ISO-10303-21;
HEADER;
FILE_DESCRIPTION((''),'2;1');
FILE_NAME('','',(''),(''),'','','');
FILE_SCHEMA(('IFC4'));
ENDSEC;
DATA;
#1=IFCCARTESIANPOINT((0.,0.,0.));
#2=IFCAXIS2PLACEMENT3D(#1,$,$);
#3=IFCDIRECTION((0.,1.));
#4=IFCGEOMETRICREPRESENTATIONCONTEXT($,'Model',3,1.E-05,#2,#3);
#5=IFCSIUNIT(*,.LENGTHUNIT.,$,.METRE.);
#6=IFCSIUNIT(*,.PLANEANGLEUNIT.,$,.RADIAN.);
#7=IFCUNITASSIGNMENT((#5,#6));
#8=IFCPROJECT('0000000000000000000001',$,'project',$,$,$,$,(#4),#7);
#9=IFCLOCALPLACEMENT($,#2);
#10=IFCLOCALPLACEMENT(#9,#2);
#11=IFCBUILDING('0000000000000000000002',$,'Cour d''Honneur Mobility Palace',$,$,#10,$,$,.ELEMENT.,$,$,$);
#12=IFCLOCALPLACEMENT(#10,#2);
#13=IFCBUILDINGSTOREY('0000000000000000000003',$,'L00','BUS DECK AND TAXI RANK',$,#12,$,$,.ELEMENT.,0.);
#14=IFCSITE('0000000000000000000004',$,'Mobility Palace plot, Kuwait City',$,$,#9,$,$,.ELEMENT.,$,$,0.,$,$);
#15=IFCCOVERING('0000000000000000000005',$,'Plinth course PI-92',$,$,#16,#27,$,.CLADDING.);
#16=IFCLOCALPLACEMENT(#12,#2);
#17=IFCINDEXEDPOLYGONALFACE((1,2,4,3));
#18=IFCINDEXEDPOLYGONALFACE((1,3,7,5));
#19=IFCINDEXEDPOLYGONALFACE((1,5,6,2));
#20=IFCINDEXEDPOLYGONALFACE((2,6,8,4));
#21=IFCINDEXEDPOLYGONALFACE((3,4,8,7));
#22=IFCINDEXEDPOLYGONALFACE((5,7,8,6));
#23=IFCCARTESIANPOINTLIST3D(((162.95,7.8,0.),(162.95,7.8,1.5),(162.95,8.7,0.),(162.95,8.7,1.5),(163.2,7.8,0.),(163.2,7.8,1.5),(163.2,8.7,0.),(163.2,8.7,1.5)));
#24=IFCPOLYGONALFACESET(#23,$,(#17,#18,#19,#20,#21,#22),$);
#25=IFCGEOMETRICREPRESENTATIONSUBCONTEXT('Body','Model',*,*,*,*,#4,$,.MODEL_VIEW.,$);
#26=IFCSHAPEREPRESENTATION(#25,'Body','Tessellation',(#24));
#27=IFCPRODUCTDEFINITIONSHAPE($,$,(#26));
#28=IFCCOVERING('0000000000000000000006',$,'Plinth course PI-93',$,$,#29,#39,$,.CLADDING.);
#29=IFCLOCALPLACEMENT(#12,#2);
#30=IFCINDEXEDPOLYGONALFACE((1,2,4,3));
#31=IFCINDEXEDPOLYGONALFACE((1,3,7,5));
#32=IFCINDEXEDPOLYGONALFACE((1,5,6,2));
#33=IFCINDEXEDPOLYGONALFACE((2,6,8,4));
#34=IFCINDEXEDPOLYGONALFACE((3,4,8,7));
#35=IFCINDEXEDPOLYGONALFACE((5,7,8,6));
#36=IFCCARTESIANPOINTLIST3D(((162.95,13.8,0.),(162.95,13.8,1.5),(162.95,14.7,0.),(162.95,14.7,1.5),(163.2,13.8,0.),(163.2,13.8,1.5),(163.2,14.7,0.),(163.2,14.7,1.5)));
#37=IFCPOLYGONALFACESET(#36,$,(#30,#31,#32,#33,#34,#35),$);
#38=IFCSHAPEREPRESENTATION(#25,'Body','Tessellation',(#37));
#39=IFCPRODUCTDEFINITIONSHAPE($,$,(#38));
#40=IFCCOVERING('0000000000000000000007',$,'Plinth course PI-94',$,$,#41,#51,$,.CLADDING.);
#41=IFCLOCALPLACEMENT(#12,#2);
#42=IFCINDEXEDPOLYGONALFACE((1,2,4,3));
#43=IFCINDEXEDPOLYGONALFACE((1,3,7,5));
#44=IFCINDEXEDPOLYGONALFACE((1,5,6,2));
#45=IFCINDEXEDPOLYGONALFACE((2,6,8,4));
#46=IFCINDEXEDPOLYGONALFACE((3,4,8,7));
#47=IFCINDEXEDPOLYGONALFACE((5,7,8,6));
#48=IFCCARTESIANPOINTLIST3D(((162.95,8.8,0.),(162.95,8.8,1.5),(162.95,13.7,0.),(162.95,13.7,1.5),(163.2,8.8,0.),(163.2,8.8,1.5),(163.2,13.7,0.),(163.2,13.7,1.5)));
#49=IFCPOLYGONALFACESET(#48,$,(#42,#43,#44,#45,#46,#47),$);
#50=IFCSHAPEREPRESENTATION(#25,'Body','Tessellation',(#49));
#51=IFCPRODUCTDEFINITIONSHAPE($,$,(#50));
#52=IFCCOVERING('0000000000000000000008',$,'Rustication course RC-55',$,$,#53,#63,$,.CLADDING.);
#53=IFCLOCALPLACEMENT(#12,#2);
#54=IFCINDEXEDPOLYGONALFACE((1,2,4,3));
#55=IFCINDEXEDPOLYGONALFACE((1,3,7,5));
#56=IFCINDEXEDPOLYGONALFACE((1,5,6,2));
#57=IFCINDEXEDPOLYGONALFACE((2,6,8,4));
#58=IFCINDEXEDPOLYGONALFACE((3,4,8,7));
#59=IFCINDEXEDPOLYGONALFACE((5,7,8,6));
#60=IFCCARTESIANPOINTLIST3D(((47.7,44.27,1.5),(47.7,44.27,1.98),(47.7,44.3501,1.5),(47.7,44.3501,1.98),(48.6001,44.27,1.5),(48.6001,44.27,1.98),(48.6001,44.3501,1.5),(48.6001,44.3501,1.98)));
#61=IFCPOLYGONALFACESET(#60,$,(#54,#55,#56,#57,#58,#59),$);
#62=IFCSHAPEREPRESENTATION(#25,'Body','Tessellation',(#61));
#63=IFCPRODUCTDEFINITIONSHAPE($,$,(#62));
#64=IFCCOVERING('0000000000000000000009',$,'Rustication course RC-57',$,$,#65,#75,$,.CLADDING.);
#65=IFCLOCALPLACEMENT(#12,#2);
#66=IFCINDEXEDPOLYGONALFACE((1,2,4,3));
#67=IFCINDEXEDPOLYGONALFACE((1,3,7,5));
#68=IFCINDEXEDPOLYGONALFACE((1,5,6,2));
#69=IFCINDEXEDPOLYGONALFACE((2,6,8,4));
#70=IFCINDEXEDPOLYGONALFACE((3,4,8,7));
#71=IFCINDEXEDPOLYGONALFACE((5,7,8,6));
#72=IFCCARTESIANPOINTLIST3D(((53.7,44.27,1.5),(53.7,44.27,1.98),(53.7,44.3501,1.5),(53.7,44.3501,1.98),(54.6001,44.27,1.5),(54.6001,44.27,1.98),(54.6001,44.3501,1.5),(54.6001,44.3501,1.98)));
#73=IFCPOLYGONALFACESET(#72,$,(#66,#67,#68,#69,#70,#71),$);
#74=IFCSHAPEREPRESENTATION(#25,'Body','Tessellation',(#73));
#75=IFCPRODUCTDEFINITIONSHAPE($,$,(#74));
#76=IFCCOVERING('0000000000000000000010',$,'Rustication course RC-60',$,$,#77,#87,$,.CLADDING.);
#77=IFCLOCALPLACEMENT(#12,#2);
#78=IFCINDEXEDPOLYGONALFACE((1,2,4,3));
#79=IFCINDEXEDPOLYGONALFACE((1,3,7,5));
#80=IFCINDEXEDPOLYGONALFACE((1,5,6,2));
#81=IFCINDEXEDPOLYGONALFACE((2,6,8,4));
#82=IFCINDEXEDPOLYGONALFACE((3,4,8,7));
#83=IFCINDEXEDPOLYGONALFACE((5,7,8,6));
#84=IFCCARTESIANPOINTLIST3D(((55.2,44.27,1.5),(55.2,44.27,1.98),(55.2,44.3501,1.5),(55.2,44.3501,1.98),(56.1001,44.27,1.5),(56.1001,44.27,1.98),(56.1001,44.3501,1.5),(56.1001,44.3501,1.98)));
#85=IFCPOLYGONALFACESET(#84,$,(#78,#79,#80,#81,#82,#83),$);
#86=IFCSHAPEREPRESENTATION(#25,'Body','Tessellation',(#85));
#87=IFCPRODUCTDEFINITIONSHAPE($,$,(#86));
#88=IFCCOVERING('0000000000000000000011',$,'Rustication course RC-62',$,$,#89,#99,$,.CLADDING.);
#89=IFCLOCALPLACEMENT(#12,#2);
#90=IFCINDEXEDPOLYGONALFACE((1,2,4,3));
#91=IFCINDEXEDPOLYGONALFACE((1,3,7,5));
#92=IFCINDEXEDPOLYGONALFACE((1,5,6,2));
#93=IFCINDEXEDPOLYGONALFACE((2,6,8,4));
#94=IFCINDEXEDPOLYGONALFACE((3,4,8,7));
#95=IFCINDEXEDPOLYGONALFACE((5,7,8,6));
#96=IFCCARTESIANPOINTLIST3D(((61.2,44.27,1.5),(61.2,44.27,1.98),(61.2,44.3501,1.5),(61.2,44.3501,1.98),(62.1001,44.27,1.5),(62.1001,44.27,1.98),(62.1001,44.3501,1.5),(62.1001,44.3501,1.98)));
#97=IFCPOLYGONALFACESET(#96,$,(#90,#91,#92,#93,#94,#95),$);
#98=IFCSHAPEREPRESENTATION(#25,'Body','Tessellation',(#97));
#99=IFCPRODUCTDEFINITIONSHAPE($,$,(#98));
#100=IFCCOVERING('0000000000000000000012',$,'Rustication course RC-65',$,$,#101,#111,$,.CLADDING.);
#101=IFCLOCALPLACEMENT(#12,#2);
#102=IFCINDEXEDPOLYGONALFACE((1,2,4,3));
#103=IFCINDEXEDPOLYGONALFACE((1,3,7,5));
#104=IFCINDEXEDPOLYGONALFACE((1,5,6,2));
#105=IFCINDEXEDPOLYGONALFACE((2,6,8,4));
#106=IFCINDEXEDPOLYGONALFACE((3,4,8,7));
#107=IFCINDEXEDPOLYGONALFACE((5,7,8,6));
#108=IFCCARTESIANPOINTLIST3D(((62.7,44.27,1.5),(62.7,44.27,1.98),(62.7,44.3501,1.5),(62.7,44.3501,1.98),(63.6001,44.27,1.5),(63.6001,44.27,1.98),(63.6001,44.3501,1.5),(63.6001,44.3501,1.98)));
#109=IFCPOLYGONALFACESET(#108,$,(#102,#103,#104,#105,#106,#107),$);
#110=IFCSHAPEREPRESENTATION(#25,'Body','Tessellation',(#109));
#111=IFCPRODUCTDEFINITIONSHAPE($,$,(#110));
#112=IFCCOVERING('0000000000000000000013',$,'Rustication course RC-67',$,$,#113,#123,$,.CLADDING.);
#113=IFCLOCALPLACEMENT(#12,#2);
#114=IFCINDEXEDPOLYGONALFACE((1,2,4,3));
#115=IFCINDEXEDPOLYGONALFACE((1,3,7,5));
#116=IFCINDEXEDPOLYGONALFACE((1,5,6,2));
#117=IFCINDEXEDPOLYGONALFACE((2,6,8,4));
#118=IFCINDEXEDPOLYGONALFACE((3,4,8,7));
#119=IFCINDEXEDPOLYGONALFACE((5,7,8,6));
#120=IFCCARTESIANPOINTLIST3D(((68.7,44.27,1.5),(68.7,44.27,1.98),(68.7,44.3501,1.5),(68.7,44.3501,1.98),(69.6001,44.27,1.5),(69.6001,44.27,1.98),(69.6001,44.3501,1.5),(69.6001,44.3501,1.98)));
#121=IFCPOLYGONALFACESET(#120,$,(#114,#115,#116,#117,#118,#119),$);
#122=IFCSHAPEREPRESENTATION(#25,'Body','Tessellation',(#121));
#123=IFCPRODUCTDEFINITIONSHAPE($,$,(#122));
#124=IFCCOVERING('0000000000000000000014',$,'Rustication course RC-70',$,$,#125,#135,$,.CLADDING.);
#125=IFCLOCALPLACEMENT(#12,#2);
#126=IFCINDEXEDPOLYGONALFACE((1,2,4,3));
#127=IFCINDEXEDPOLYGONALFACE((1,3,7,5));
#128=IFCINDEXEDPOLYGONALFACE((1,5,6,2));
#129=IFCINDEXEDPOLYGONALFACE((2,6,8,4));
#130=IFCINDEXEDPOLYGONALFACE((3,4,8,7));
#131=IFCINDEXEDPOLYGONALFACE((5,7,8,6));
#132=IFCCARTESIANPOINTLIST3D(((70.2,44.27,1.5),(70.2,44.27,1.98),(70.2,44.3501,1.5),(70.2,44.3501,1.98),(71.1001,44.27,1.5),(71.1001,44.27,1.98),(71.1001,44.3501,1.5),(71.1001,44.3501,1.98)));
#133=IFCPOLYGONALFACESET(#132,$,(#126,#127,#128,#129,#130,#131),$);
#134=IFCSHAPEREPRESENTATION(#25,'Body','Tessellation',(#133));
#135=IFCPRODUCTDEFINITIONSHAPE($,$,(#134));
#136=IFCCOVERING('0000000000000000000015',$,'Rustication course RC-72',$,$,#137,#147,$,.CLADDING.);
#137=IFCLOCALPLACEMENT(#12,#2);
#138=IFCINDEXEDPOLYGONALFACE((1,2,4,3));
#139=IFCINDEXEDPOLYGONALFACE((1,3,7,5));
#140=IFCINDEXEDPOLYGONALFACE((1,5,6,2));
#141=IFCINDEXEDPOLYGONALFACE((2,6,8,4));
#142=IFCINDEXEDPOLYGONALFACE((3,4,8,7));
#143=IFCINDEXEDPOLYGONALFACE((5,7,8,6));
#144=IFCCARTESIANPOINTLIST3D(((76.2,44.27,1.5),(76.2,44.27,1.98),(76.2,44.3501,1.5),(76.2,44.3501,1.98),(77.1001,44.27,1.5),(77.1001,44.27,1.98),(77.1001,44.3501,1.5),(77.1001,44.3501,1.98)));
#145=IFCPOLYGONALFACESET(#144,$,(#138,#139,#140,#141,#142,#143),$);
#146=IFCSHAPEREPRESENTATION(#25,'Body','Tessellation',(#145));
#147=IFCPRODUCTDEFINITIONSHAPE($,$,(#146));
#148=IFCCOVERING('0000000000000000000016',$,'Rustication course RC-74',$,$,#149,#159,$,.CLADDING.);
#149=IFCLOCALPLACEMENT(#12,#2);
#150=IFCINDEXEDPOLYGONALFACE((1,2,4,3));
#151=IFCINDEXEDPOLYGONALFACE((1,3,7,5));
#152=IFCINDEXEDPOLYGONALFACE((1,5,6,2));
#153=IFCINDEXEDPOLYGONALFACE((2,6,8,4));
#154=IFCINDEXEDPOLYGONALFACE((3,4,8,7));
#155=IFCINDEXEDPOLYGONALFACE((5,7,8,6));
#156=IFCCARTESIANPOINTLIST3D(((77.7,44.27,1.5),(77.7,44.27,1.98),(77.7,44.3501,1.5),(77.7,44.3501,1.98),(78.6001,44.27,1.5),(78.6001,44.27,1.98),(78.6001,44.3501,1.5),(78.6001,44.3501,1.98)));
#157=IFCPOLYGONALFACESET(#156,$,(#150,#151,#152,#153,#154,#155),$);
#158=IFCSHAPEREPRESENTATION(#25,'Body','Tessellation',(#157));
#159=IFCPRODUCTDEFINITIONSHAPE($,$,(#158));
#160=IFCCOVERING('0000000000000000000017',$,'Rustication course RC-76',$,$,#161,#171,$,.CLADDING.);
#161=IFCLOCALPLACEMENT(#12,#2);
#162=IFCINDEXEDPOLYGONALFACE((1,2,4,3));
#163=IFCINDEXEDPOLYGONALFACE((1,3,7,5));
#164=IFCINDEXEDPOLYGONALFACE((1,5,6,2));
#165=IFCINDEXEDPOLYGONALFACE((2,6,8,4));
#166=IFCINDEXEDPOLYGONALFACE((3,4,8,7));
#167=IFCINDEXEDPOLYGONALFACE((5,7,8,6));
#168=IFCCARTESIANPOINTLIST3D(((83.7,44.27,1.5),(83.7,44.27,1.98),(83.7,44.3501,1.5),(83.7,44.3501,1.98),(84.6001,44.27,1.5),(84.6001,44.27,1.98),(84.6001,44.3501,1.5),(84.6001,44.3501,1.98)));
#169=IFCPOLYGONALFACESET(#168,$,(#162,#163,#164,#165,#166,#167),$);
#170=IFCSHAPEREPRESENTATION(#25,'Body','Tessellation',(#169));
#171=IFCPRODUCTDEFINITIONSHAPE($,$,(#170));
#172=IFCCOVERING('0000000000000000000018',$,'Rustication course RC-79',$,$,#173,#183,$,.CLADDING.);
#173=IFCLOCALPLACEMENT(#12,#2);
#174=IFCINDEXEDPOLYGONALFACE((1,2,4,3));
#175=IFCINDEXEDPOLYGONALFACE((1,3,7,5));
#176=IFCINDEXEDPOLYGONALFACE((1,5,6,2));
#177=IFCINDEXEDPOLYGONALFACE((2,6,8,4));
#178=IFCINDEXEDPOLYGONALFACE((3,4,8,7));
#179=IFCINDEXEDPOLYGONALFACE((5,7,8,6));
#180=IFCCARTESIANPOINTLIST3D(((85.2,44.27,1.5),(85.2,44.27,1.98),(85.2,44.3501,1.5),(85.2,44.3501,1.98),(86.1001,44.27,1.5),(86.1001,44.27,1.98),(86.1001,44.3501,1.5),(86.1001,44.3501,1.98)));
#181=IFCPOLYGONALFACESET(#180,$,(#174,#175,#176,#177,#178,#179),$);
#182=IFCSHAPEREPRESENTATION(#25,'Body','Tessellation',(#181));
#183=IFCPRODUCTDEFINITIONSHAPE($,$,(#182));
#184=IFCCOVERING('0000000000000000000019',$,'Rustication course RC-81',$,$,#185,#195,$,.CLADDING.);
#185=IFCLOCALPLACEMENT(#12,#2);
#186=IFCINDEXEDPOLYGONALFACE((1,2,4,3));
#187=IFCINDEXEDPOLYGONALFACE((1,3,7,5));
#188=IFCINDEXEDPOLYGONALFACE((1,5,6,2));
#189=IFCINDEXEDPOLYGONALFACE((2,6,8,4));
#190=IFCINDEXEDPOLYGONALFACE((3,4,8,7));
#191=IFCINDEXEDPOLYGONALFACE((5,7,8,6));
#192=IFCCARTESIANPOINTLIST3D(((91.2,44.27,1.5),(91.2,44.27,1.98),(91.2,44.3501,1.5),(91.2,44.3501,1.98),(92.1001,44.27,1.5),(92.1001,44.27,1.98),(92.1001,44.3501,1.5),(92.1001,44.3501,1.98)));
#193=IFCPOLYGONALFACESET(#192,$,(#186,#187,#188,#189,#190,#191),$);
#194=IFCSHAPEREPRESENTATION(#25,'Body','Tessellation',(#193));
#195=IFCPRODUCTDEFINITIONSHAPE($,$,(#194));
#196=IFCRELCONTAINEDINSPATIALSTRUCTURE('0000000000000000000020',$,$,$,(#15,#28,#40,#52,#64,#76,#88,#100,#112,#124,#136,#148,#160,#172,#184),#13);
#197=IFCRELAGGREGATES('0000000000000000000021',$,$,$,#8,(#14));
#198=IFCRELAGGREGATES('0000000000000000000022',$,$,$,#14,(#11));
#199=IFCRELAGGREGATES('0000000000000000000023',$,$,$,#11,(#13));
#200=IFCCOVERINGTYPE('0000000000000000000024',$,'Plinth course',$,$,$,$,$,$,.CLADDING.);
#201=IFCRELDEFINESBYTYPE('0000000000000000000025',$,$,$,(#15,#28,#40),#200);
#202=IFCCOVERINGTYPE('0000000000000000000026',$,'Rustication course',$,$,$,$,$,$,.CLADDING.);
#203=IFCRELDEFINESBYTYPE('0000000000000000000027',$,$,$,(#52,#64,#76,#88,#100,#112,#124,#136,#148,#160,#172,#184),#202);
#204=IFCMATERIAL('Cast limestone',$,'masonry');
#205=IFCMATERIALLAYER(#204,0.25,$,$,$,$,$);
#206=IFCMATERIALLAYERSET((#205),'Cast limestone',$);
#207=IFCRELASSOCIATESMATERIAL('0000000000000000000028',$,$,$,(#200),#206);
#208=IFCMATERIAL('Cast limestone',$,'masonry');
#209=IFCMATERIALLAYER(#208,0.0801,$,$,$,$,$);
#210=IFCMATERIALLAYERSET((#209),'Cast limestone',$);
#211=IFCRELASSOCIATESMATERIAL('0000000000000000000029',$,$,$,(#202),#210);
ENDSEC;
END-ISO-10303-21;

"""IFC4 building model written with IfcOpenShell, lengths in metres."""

from ifc_helpers import new_model, si_unit, direction, frame, origin, place, context, subcontext, project, spatial, polyline, outline, extrude, material, layer, layer_set, type_object, element, save


model = new_model("IFC4")

# Units and contexts
model_context = context("Model", 3, precision=1e-05, world=origin(), true_north=direction((0.0, 1.0)))
body_context = subcontext(model_context, "Body", "Model", "MODEL_VIEW")
ifc_project = project(units=[si_unit("LENGTHUNIT", "METRE"), si_unit("PLANEANGLEUNIT", "RADIAN")], contexts=[model_context])

# Site, building, storey
site_placement = place(None, origin())
site = spatial("IfcSite", under=ifc_project, at=site_placement, Name="Mobility Palace plot, Kuwait City", CompositionType="ELEMENT", RefElevation=0.0)
building_placement = place(site_placement, origin())
building = spatial("IfcBuilding", under=site, at=building_placement, Name="Cour d'Honneur Mobility Palace", CompositionType="ELEMENT")
storey_placement = place(building_placement, origin())
storey = spatial("IfcBuildingStorey", under=building, at=storey_placement, Name="L00", Description="BUS DECK AND TAXI RANK", CompositionType="ELEMENT", Elevation=0.0)

# Coverings
ifc_material_1 = material(Name="Cast limestone", Category="masonry")
ifc_layer_1 = layer(ifc_material_1, 0.25)
ifc_layer_set_1 = layer_set([ifc_layer_1], Name="Cast limestone")
covering_type_1 = type_object("IfcCoveringType", Name="Plinth course", PredefinedType="CLADDING", material=ifc_layer_set_1)
covering_1_placement = place(storey_placement, origin())
element("IfcCovering", 1, at=covering_1_placement, inside=storey, type_object=covering_type_1, Name="Plinth course PI-92", PredefinedType="CLADDING", context=body_context, shape_type="SweptSolid", body=[
    extrude(outline(polyline([(162.95, 7.8), (162.95, 8.7), (163.2, 8.7), (163.2, 7.8), (162.95, 7.8)])), origin(), (0.0, 0.0, 1.0), 1.5),
])
covering_2_placement = place(storey_placement, origin())
element("IfcCovering", 2, at=covering_2_placement, inside=storey, type_object=covering_type_1, Name="Plinth course PI-93", PredefinedType="CLADDING", context=body_context, shape_type="SweptSolid", body=[
    extrude(outline(polyline([(162.95, 13.8), (162.95, 14.7), (163.2, 14.7), (163.2, 13.8), (162.95, 13.8)])), origin(), (0.0, 0.0, 1.0), 1.5),
])
covering_3_placement = place(storey_placement, origin())
element("IfcCovering", 3, at=covering_3_placement, inside=storey, type_object=covering_type_1, Name="Plinth course PI-94", PredefinedType="CLADDING", context=body_context, shape_type="SweptSolid", body=[
    extrude(outline(polyline([(162.95, 8.8), (162.95, 13.7), (163.2, 13.7), (163.2, 8.8), (162.95, 8.8)])), origin(), (0.0, 0.0, 1.0), 1.5),
])
ifc_material_2 = material(Name="Cast limestone", Category="masonry")
ifc_layer_2 = layer(ifc_material_2, 0.0801)
ifc_layer_set_2 = layer_set([ifc_layer_2], Name="Cast limestone")
covering_type_2 = type_object("IfcCoveringType", Name="Rustication course", PredefinedType="CLADDING", material=ifc_layer_set_2)
covering_4_placement = place(storey_placement, frame((0.0, 0.0, 1.5)))
element("IfcCovering", 4, at=covering_4_placement, inside=storey, type_object=covering_type_2, Name="Rustication course RC-55", PredefinedType="CLADDING", context=body_context, shape_type="SweptSolid", body=[
    extrude(outline(polyline([(47.7, 44.3501), (48.6001, 44.3501), (48.6001, 44.27), (47.7, 44.27), (47.7, 44.3501)])), origin(), (0.0, 0.0, 1.0), 0.48),
])
covering_5_placement = place(storey_placement, frame((0.0, 0.0, 1.5)))
element("IfcCovering", 5, at=covering_5_placement, inside=storey, type_object=covering_type_2, Name="Rustication course RC-57", PredefinedType="CLADDING", context=body_context, shape_type="SweptSolid", body=[
    extrude(outline(polyline([(53.7, 44.3501), (54.6001, 44.3501), (54.6001, 44.27), (53.7, 44.27), (53.7, 44.3501)])), origin(), (0.0, 0.0, 1.0), 0.48),
])
covering_6_placement = place(storey_placement, frame((0.0, 0.0, 1.5)))
element("IfcCovering", 6, at=covering_6_placement, inside=storey, type_object=covering_type_2, Name="Rustication course RC-60", PredefinedType="CLADDING", context=body_context, shape_type="SweptSolid", body=[
    extrude(outline(polyline([(55.2, 44.3501), (56.1001, 44.3501), (56.1001, 44.27), (55.2, 44.27), (55.2, 44.3501)])), origin(), (0.0, 0.0, 1.0), 0.48),
])
covering_7_placement = place(storey_placement, frame((0.0, 0.0, 1.5)))
element("IfcCovering", 7, at=covering_7_placement, inside=storey, type_object=covering_type_2, Name="Rustication course RC-62", PredefinedType="CLADDING", context=body_context, shape_type="SweptSolid", body=[
    extrude(outline(polyline([(61.2, 44.3501), (62.1001, 44.3501), (62.1001, 44.27), (61.2, 44.27), (61.2, 44.3501)])), origin(), (0.0, 0.0, 1.0), 0.48),
])
covering_8_placement = place(storey_placement, frame((0.0, 0.0, 1.5)))
element("IfcCovering", 8, at=covering_8_placement, inside=storey, type_object=covering_type_2, Name="Rustication course RC-65", PredefinedType="CLADDING", context=body_context, shape_type="SweptSolid", body=[
    extrude(outline(polyline([(62.7, 44.3501), (63.6001, 44.3501), (63.6001, 44.27), (62.7, 44.27), (62.7, 44.3501)])), origin(), (0.0, 0.0, 1.0), 0.48),
])
covering_9_placement = place(storey_placement, frame((0.0, 0.0, 1.5)))
element("IfcCovering", 9, at=covering_9_placement, inside=storey, type_object=covering_type_2, Name="Rustication course RC-67", PredefinedType="CLADDING", context=body_context, shape_type="SweptSolid", body=[
    extrude(outline(polyline([(68.7, 44.3501), (69.6001, 44.3501), (69.6001, 44.27), (68.7, 44.27), (68.7, 44.3501)])), origin(), (0.0, 0.0, 1.0), 0.48),
])
covering_10_placement = place(storey_placement, frame((0.0, 0.0, 1.5)))
element("IfcCovering", 10, at=covering_10_placement, inside=storey, type_object=covering_type_2, Name="Rustication course RC-70", PredefinedType="CLADDING", context=body_context, shape_type="SweptSolid", body=[
    extrude(outline(polyline([(70.2, 44.3501), (71.1001, 44.3501), (71.1001, 44.27), (70.2, 44.27), (70.2, 44.3501)])), origin(), (0.0, 0.0, 1.0), 0.48),
])
covering_11_placement = place(storey_placement, frame((0.0, 0.0, 1.5)))
element("IfcCovering", 11, at=covering_11_placement, inside=storey, type_object=covering_type_2, Name="Rustication course RC-72", PredefinedType="CLADDING", context=body_context, shape_type="SweptSolid", body=[
    extrude(outline(polyline([(76.2, 44.3501), (77.1001, 44.3501), (77.1001, 44.27), (76.2, 44.27), (76.2, 44.3501)])), origin(), (0.0, 0.0, 1.0), 0.48),
])
covering_12_placement = place(storey_placement, frame((0.0, 0.0, 1.5)))
element("IfcCovering", 12, at=covering_12_placement, inside=storey, type_object=covering_type_2, Name="Rustication course RC-74", PredefinedType="CLADDING", context=body_context, shape_type="SweptSolid", body=[
    extrude(outline(polyline([(77.7, 44.3501), (78.6001, 44.3501), (78.6001, 44.27), (77.7, 44.27), (77.7, 44.3501)])), origin(), (0.0, 0.0, 1.0), 0.48),
])
covering_13_placement = place(storey_placement, frame((0.0, 0.0, 1.5)))
element("IfcCovering", 13, at=covering_13_placement, inside=storey, type_object=covering_type_2, Name="Rustication course RC-76", PredefinedType="CLADDING", context=body_context, shape_type="SweptSolid", body=[
    extrude(outline(polyline([(83.7, 44.3501), (84.6001, 44.3501), (84.6001, 44.27), (83.7, 44.27), (83.7, 44.3501)])), origin(), (0.0, 0.0, 1.0), 0.48),
])
covering_14_placement = place(storey_placement, frame((0.0, 0.0, 1.5)))
element("IfcCovering", 14, at=covering_14_placement, inside=storey, type_object=covering_type_2, Name="Rustication course RC-79", PredefinedType="CLADDING", context=body_context, shape_type="SweptSolid", body=[
    extrude(outline(polyline([(85.2, 44.3501), (86.1001, 44.3501), (86.1001, 44.27), (85.2, 44.27), (85.2, 44.3501)])), origin(), (0.0, 0.0, 1.0), 0.48),
])
covering_15_placement = place(storey_placement, frame((0.0, 0.0, 1.5)))
element("IfcCovering", 15, at=covering_15_placement, inside=storey, type_object=covering_type_2, Name="Rustication course RC-81", PredefinedType="CLADDING", context=body_context, shape_type="SweptSolid", body=[
    extrude(outline(polyline([(91.2, 44.3501), (92.1001, 44.3501), (92.1001, 44.27), (91.2, 44.27), (91.2, 44.3501)])), origin(), (0.0, 0.0, 1.0), 0.48),
])

save(model, "model.ifc")
